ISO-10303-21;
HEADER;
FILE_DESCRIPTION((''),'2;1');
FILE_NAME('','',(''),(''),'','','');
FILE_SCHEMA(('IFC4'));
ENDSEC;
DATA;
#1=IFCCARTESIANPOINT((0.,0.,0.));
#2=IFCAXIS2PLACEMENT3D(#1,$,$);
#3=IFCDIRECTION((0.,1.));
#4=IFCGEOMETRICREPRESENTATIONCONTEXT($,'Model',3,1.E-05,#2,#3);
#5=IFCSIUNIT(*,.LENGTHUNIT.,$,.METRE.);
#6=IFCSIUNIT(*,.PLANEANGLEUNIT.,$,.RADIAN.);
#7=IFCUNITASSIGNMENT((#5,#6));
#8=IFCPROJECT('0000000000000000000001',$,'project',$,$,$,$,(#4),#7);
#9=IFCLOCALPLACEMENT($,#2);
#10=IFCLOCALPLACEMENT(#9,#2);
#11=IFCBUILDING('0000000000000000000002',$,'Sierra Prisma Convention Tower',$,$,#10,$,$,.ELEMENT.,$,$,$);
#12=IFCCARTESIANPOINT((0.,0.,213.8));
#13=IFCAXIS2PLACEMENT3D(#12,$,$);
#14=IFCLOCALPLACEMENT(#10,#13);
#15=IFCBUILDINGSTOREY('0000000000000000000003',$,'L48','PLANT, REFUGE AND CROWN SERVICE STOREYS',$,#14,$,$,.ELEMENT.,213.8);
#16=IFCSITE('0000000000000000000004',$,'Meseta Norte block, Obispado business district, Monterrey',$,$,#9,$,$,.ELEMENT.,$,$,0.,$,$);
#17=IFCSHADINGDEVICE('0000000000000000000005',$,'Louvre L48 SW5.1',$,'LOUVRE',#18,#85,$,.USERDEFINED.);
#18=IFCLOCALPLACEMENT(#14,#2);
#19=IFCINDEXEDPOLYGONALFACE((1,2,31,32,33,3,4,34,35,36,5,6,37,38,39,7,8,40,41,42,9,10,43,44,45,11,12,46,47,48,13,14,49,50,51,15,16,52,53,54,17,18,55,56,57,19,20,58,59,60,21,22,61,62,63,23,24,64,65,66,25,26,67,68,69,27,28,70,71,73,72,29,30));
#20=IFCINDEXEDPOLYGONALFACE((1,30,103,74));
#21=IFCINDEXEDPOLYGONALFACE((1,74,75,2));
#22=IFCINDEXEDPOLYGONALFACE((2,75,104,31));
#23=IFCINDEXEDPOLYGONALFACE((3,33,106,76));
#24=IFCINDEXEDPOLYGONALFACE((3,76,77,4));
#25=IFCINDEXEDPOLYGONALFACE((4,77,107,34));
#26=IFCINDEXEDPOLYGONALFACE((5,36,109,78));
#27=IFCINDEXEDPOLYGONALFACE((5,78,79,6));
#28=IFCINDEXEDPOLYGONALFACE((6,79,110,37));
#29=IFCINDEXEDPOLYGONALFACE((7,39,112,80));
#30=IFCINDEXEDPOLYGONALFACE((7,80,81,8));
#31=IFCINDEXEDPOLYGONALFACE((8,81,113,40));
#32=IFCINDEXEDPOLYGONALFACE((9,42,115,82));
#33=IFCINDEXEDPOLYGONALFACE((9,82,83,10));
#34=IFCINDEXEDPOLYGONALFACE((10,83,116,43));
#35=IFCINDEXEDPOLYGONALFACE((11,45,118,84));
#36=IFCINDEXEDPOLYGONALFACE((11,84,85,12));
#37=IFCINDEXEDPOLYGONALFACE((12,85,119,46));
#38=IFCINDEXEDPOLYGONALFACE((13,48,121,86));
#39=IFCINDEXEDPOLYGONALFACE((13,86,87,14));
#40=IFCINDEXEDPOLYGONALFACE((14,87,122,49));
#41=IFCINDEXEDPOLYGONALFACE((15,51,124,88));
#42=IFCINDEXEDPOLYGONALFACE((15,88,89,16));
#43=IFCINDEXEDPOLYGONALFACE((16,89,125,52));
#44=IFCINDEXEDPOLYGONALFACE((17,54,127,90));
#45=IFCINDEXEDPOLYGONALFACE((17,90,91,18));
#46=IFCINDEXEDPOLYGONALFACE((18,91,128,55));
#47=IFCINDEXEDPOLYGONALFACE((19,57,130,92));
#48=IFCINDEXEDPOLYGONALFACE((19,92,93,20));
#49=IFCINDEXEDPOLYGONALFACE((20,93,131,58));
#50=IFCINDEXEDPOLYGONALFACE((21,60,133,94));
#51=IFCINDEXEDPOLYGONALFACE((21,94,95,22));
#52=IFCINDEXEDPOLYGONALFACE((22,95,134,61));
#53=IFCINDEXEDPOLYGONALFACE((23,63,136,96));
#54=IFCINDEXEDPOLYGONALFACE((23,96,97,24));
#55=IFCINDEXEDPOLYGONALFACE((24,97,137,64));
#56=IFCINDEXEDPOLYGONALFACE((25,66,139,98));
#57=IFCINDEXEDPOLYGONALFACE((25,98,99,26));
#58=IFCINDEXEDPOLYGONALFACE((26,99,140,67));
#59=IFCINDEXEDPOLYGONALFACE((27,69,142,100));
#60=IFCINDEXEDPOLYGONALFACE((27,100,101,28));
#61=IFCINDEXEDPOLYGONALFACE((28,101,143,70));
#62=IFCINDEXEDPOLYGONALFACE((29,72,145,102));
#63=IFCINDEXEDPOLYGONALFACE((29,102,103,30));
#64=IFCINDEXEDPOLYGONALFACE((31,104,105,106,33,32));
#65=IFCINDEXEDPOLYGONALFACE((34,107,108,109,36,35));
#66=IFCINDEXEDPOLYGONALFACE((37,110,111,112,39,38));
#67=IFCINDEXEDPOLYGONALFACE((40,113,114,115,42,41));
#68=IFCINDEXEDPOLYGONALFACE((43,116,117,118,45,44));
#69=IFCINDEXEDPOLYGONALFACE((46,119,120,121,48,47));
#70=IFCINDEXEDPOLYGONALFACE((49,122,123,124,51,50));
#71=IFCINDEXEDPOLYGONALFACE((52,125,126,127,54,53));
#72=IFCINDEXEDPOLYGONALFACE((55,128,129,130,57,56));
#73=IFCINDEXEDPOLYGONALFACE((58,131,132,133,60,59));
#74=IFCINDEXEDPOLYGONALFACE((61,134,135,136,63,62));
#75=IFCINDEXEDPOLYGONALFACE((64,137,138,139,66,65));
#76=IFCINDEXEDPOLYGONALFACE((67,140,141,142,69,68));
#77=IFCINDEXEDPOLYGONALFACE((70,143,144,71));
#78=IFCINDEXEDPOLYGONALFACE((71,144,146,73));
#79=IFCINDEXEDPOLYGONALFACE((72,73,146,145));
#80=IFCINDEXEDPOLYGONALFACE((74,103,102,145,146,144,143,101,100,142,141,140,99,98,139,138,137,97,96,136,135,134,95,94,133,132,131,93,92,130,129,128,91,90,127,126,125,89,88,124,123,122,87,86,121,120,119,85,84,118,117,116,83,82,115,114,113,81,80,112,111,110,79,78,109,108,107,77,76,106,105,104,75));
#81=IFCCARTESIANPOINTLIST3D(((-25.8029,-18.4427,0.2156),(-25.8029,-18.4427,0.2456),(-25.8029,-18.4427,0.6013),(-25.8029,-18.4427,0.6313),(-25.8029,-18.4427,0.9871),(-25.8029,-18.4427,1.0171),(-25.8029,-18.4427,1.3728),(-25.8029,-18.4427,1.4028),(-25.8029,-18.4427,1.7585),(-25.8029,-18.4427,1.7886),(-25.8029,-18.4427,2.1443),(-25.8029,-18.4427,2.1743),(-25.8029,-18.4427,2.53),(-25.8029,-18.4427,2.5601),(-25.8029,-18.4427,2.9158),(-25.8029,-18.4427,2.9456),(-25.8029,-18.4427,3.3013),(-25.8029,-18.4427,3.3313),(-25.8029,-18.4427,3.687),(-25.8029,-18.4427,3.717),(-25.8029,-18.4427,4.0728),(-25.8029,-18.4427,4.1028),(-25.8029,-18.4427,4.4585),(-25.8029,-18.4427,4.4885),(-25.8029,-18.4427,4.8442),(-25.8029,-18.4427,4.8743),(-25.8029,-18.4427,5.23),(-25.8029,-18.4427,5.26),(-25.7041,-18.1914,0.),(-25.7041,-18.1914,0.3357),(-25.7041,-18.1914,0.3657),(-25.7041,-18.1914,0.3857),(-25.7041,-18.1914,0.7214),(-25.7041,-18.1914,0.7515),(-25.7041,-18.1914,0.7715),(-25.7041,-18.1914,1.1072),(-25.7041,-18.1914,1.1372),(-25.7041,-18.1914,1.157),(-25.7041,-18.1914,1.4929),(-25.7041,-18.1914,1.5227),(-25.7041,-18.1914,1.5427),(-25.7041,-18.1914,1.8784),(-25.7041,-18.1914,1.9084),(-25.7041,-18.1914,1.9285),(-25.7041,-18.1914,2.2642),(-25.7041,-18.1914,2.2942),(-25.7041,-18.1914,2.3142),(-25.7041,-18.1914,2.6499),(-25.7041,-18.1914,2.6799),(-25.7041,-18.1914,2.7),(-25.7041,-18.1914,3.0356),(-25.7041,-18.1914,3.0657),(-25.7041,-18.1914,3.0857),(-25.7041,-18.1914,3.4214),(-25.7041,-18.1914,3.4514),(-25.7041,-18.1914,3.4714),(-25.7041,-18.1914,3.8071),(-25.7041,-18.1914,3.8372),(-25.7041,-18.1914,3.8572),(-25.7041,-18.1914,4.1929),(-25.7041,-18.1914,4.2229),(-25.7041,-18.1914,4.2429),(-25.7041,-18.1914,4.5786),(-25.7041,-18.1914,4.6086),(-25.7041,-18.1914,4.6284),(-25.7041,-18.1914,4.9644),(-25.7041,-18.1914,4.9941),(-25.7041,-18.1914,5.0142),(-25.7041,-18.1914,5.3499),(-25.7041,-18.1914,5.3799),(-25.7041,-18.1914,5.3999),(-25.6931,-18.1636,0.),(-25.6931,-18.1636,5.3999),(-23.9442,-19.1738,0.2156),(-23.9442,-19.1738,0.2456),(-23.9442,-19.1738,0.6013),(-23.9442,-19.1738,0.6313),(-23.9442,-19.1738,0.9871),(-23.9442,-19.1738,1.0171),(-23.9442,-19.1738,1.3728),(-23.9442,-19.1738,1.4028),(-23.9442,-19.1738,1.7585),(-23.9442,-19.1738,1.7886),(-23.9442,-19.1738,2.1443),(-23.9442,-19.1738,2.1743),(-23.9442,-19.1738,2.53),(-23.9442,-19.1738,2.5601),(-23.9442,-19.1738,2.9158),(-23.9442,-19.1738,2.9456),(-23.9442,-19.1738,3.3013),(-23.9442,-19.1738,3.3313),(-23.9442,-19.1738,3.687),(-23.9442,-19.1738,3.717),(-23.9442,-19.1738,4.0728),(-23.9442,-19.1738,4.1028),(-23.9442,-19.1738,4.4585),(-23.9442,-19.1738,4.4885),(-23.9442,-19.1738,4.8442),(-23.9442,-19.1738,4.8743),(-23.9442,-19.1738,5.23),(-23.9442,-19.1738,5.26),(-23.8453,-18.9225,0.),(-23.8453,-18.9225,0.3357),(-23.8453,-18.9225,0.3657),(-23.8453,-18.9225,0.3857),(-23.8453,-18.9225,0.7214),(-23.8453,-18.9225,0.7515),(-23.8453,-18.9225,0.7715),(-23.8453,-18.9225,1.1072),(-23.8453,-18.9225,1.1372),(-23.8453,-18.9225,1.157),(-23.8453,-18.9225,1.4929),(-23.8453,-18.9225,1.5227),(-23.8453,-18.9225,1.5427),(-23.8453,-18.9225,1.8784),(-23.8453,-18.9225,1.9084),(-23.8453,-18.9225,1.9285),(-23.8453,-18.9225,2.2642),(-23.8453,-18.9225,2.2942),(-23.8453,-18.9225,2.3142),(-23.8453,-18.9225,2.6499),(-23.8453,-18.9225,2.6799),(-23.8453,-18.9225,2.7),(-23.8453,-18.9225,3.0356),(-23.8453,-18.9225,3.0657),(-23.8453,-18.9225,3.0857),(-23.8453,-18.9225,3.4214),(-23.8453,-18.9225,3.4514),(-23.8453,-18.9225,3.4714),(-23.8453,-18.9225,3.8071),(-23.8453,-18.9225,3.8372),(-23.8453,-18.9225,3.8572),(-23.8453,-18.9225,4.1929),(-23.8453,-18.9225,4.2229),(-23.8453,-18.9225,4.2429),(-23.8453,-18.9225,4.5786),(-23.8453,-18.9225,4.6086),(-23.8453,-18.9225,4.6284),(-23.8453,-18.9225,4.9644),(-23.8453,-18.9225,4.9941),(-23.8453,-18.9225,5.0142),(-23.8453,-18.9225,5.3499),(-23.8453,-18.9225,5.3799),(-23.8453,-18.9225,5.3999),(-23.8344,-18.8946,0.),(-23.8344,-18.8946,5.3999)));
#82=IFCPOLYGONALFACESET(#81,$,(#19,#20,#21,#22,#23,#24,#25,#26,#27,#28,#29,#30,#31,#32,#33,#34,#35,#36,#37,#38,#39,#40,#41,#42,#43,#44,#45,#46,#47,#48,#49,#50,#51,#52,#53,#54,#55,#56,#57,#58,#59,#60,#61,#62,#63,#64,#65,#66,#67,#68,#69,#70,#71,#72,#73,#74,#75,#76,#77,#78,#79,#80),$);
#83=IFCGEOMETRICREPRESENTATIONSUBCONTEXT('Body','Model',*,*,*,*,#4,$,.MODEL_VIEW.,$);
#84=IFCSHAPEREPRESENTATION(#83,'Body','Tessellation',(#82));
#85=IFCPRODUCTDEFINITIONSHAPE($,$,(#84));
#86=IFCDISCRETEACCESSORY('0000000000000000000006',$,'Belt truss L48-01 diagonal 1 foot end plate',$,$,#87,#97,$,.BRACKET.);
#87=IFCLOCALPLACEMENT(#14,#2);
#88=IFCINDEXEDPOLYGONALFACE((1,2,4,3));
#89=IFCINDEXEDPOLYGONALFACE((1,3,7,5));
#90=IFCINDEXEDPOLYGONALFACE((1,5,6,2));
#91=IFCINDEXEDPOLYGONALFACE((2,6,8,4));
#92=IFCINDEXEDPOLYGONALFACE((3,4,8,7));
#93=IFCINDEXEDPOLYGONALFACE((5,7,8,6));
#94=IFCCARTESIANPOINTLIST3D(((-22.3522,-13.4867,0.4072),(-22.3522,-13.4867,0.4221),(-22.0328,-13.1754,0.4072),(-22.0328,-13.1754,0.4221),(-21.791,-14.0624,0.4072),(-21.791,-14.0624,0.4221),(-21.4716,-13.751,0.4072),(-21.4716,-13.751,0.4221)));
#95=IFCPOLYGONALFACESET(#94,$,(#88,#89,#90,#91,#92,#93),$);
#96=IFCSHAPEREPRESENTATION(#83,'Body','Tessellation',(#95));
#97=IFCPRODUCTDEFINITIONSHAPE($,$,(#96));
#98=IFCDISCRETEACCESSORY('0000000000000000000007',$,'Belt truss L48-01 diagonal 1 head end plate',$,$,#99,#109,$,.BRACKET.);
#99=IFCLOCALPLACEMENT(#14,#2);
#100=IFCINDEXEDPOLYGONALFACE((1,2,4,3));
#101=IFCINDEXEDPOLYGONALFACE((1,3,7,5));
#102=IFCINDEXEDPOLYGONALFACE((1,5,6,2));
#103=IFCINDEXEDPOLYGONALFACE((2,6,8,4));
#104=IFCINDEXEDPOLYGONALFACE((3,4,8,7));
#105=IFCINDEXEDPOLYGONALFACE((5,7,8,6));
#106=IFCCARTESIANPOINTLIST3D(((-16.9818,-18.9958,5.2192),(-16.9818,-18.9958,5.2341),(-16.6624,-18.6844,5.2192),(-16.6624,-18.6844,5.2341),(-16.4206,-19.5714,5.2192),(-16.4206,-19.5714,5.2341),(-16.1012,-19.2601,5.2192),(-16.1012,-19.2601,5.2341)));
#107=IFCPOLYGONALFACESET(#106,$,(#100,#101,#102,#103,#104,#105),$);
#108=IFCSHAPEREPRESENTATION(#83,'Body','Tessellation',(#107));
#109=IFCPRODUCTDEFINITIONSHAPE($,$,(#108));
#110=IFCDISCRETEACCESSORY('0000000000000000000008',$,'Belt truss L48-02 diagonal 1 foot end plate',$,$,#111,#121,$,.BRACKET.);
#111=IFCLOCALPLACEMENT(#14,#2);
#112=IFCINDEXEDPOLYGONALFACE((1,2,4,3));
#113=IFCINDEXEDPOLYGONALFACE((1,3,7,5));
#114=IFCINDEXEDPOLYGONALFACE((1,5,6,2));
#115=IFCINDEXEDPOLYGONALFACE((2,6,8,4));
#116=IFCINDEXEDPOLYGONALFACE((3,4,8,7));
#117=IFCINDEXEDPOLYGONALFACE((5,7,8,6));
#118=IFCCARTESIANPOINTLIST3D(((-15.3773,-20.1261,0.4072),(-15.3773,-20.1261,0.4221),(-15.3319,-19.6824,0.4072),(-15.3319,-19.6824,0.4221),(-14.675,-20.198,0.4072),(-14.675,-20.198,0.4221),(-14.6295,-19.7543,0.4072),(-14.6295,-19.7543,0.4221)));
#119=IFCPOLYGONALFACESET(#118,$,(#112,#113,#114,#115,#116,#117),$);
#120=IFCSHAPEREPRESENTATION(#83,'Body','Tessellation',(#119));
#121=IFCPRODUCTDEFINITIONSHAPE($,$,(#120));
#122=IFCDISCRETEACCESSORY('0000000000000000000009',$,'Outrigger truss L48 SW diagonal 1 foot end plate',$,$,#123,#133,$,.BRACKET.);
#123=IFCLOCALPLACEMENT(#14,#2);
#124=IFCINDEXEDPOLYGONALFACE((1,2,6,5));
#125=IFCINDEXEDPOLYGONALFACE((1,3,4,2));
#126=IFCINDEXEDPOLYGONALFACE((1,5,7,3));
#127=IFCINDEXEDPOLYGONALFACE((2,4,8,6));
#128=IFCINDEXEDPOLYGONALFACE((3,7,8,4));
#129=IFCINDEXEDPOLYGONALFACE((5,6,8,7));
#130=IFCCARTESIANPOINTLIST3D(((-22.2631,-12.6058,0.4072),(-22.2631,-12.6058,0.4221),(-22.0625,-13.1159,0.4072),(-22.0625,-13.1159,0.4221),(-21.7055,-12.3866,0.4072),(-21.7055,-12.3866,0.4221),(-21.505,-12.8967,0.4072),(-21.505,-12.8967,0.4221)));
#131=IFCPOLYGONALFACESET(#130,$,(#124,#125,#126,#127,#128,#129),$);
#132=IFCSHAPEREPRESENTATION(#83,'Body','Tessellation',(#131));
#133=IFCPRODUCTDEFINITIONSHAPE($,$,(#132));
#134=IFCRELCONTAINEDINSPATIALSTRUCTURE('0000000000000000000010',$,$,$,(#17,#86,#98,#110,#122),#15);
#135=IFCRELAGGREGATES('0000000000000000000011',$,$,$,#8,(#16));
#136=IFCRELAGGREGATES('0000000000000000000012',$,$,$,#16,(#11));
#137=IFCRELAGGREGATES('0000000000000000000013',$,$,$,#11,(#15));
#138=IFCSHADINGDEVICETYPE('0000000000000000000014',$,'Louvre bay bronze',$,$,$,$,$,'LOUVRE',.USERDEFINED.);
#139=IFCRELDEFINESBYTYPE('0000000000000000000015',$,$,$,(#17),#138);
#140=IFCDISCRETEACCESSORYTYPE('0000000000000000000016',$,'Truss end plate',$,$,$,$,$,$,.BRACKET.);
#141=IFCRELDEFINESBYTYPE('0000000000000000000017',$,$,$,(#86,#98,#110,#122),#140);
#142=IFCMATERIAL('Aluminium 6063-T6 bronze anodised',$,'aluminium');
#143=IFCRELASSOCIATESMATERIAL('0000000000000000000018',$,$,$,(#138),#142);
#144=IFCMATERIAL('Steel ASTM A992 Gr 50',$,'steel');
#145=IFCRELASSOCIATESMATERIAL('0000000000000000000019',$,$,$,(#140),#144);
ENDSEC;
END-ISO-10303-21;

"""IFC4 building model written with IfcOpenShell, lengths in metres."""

from ifc_helpers import new_model, si_unit, direction, frame, origin, origin_2d, place, context, subcontext, project, spatial, polyline, rectangle, outline, extrude, material, type_object, element, save


model = new_model("IFC4")

# Units and contexts
model_context = context("Model", 3, precision=1e-05, world=origin(), true_north=direction((0.0, 1.0)))
body_context = subcontext(model_context, "Body", "Model", "MODEL_VIEW")
ifc_project = project(units=[si_unit("LENGTHUNIT", "METRE"), si_unit("PLANEANGLEUNIT", "RADIAN")], contexts=[model_context])

# Site, building, storey
site_placement = place(None, origin())
site = spatial("IfcSite", under=ifc_project, at=site_placement, Name="Meseta Norte block, Obispado business district, Monterrey", CompositionType="ELEMENT", RefElevation=0.0)
building_placement = place(site_placement, origin())
building = spatial("IfcBuilding", under=site, at=building_placement, Name="Sierra Prisma Convention Tower", CompositionType="ELEMENT")
storey_placement = place(building_placement, frame((0.0, 0.0, 213.8)))
storey = spatial("IfcBuildingStorey", under=building, at=storey_placement, Name="L48", Description="PLANT, REFUGE AND CROWN SERVICE STOREYS", CompositionType="ELEMENT", Elevation=213.8)

# Shading device
ifc_material_1 = material(Name="Aluminium 6063-T6 bronze anodised", Category="aluminium")
shading_device_type = type_object("IfcShadingDeviceType", Name="Louvre bay bronze", ElementType="LOUVRE", PredefinedType="USERDEFINED", material=ifc_material_1)
shading_device_1_placement = place(storey_placement, frame((-25.6931, -18.1636, 0.0), z_axis=(-0.93061, 0.366012, 0.0), x_axis=(0.0, 0.0, 1.0)))
element("IfcShadingDevice", 1, at=shading_device_1_placement, inside=storey, type_object=shading_device_type, Name="Louvre L48 SW5.1", ObjectType="LOUVRE", PredefinedType="USERDEFINED", context=body_context, shape_type="SweptSolid", body=[
    extrude(outline(polyline([(0.0, 0.0), (5.3999, 0.0), (5.3999, -0.0299), (5.3799, -0.0299), (5.26, -0.2999), (5.23, -0.2999), (5.3499, -0.0299), (5.0142, -0.0299), (4.9941, -0.0299), (4.8743, -0.2999), (4.8442, -0.2999), (4.9644, -0.0299), (4.6284, -0.0299), (4.6086, -0.0299), (4.4885, -0.2999), (4.4585, -0.2999), (4.5786, -0.0299), (4.2429, -0.0299), (4.2229, -0.0299), (4.1028, -0.2999), (4.0728, -0.2999), (4.1929, -0.0299), (3.8572, -0.0299), (3.8372, -0.0299), (3.717, -0.2999), (3.687, -0.2999), (3.8071, -0.0299), (3.4714, -0.0299), (3.4514, -0.0299), (3.3313, -0.2999), (3.3013, -0.2999), (3.4214, -0.0299), (3.0857, -0.0299), (3.0657, -0.0299), (2.9456, -0.2999), (2.9158, -0.2999), (3.0356, -0.0299), (2.7, -0.0299), (2.6799, -0.0299), (2.5601, -0.2999), (2.53, -0.2999), (2.6499, -0.0299), (2.3142, -0.0299), (2.2942, -0.0299), (2.1743, -0.2999), (2.1443, -0.2999), (2.2642, -0.0299), (1.9285, -0.0299), (1.9084, -0.0299), (1.7886, -0.2999), (1.7585, -0.2999), (1.8784, -0.0299), (1.5427, -0.0299), (1.5227, -0.0299), (1.4028, -0.2999), (1.3728, -0.2999), (1.4929, -0.0299), (1.157, -0.0299), (1.1372, -0.0299), (1.0171, -0.2999), (0.9871, -0.2999), (1.1072, -0.0299), (0.7715, -0.0299), (0.7515, -0.0299), (0.6313, -0.2999), (0.6013, -0.2999), (0.7214, -0.0299), (0.3857, -0.0299), (0.3657, -0.0299), (0.2456, -0.2999), (0.2156, -0.2999), (0.3357, -0.0299), (0.0, -0.0299), (0.0, 0.0)])), origin(), (0.0, 0.0, -1.0), 1.9973),
])

# Discrete accessories
ifc_material_2 = material(Name="Steel ASTM A992 Gr 50", Category="steel")
discrete_accessory_type = type_object("IfcDiscreteAccessoryType", Name="Truss end plate", PredefinedType="BRACKET", material=ifc_material_2)
for number, where, z_axis, x_axis, name in (
    (2, (-21.9119, -13.6189, 0.4072), (0.0, 0.0, 1.0), (0.698053, -0.716046, 0.0), "Belt truss L48-01 diagonal 1 foot end plate"),
    (3, (-16.5415, -19.1279, 5.2192), (0.0, 0.0, 1.0), (0.698053, -0.716046, 0.0), "Belt truss L48-01 diagonal 1 head end plate"),
):
    element("IfcDiscreteAccessory", number, at=place(storey_placement, frame(where, z_axis=z_axis, x_axis=x_axis)), inside=storey, type_object=discrete_accessory_type, Name=name, PredefinedType="BRACKET", context=body_context, shape_type="SweptSolid", body=[
        extrude(rectangle(XDim=0.804, YDim=0.446, at=origin_2d()), origin(), (0.0, 0.0, 1.0), 0.0149),
    ])
discrete_accessory_1_placement = place(storey_placement, frame((-15.0034, -19.9402, 0.4072), z_axis=(0.0, 0.0, 1.0), x_axis=(0.994796, -0.101888, 0.0)))
element("IfcDiscreteAccessory", 4, at=discrete_accessory_1_placement, inside=storey, type_object=discrete_accessory_type, Name="Belt truss L48-02 diagonal 1 foot end plate", PredefinedType="BRACKET", context=body_context, shape_type="SweptSolid", body=[
    extrude(rectangle(XDim=0.7061, YDim=0.446, at=origin_2d()), origin(), (0.0, 0.0, 1.0), 0.0149),
])
discrete_accessory_2_placement = place(storey_placement, frame((-21.884, -12.7512, 0.4072), z_axis=(0.0, 0.0, 1.0), x_axis=(0.930651, 0.365907, 0.0)))
element("IfcDiscreteAccessory", 5, at=discrete_accessory_2_placement, inside=storey, type_object=discrete_accessory_type, Name="Outrigger truss L48 SW diagonal 1 foot end plate", PredefinedType="BRACKET", context=body_context, shape_type="SweptSolid", body=[
    extrude(rectangle(XDim=0.5991, YDim=0.5481, at=origin_2d()), origin(), (0.0, 0.0, 1.0), 0.0149),
])

save(model, "model.ifc")
